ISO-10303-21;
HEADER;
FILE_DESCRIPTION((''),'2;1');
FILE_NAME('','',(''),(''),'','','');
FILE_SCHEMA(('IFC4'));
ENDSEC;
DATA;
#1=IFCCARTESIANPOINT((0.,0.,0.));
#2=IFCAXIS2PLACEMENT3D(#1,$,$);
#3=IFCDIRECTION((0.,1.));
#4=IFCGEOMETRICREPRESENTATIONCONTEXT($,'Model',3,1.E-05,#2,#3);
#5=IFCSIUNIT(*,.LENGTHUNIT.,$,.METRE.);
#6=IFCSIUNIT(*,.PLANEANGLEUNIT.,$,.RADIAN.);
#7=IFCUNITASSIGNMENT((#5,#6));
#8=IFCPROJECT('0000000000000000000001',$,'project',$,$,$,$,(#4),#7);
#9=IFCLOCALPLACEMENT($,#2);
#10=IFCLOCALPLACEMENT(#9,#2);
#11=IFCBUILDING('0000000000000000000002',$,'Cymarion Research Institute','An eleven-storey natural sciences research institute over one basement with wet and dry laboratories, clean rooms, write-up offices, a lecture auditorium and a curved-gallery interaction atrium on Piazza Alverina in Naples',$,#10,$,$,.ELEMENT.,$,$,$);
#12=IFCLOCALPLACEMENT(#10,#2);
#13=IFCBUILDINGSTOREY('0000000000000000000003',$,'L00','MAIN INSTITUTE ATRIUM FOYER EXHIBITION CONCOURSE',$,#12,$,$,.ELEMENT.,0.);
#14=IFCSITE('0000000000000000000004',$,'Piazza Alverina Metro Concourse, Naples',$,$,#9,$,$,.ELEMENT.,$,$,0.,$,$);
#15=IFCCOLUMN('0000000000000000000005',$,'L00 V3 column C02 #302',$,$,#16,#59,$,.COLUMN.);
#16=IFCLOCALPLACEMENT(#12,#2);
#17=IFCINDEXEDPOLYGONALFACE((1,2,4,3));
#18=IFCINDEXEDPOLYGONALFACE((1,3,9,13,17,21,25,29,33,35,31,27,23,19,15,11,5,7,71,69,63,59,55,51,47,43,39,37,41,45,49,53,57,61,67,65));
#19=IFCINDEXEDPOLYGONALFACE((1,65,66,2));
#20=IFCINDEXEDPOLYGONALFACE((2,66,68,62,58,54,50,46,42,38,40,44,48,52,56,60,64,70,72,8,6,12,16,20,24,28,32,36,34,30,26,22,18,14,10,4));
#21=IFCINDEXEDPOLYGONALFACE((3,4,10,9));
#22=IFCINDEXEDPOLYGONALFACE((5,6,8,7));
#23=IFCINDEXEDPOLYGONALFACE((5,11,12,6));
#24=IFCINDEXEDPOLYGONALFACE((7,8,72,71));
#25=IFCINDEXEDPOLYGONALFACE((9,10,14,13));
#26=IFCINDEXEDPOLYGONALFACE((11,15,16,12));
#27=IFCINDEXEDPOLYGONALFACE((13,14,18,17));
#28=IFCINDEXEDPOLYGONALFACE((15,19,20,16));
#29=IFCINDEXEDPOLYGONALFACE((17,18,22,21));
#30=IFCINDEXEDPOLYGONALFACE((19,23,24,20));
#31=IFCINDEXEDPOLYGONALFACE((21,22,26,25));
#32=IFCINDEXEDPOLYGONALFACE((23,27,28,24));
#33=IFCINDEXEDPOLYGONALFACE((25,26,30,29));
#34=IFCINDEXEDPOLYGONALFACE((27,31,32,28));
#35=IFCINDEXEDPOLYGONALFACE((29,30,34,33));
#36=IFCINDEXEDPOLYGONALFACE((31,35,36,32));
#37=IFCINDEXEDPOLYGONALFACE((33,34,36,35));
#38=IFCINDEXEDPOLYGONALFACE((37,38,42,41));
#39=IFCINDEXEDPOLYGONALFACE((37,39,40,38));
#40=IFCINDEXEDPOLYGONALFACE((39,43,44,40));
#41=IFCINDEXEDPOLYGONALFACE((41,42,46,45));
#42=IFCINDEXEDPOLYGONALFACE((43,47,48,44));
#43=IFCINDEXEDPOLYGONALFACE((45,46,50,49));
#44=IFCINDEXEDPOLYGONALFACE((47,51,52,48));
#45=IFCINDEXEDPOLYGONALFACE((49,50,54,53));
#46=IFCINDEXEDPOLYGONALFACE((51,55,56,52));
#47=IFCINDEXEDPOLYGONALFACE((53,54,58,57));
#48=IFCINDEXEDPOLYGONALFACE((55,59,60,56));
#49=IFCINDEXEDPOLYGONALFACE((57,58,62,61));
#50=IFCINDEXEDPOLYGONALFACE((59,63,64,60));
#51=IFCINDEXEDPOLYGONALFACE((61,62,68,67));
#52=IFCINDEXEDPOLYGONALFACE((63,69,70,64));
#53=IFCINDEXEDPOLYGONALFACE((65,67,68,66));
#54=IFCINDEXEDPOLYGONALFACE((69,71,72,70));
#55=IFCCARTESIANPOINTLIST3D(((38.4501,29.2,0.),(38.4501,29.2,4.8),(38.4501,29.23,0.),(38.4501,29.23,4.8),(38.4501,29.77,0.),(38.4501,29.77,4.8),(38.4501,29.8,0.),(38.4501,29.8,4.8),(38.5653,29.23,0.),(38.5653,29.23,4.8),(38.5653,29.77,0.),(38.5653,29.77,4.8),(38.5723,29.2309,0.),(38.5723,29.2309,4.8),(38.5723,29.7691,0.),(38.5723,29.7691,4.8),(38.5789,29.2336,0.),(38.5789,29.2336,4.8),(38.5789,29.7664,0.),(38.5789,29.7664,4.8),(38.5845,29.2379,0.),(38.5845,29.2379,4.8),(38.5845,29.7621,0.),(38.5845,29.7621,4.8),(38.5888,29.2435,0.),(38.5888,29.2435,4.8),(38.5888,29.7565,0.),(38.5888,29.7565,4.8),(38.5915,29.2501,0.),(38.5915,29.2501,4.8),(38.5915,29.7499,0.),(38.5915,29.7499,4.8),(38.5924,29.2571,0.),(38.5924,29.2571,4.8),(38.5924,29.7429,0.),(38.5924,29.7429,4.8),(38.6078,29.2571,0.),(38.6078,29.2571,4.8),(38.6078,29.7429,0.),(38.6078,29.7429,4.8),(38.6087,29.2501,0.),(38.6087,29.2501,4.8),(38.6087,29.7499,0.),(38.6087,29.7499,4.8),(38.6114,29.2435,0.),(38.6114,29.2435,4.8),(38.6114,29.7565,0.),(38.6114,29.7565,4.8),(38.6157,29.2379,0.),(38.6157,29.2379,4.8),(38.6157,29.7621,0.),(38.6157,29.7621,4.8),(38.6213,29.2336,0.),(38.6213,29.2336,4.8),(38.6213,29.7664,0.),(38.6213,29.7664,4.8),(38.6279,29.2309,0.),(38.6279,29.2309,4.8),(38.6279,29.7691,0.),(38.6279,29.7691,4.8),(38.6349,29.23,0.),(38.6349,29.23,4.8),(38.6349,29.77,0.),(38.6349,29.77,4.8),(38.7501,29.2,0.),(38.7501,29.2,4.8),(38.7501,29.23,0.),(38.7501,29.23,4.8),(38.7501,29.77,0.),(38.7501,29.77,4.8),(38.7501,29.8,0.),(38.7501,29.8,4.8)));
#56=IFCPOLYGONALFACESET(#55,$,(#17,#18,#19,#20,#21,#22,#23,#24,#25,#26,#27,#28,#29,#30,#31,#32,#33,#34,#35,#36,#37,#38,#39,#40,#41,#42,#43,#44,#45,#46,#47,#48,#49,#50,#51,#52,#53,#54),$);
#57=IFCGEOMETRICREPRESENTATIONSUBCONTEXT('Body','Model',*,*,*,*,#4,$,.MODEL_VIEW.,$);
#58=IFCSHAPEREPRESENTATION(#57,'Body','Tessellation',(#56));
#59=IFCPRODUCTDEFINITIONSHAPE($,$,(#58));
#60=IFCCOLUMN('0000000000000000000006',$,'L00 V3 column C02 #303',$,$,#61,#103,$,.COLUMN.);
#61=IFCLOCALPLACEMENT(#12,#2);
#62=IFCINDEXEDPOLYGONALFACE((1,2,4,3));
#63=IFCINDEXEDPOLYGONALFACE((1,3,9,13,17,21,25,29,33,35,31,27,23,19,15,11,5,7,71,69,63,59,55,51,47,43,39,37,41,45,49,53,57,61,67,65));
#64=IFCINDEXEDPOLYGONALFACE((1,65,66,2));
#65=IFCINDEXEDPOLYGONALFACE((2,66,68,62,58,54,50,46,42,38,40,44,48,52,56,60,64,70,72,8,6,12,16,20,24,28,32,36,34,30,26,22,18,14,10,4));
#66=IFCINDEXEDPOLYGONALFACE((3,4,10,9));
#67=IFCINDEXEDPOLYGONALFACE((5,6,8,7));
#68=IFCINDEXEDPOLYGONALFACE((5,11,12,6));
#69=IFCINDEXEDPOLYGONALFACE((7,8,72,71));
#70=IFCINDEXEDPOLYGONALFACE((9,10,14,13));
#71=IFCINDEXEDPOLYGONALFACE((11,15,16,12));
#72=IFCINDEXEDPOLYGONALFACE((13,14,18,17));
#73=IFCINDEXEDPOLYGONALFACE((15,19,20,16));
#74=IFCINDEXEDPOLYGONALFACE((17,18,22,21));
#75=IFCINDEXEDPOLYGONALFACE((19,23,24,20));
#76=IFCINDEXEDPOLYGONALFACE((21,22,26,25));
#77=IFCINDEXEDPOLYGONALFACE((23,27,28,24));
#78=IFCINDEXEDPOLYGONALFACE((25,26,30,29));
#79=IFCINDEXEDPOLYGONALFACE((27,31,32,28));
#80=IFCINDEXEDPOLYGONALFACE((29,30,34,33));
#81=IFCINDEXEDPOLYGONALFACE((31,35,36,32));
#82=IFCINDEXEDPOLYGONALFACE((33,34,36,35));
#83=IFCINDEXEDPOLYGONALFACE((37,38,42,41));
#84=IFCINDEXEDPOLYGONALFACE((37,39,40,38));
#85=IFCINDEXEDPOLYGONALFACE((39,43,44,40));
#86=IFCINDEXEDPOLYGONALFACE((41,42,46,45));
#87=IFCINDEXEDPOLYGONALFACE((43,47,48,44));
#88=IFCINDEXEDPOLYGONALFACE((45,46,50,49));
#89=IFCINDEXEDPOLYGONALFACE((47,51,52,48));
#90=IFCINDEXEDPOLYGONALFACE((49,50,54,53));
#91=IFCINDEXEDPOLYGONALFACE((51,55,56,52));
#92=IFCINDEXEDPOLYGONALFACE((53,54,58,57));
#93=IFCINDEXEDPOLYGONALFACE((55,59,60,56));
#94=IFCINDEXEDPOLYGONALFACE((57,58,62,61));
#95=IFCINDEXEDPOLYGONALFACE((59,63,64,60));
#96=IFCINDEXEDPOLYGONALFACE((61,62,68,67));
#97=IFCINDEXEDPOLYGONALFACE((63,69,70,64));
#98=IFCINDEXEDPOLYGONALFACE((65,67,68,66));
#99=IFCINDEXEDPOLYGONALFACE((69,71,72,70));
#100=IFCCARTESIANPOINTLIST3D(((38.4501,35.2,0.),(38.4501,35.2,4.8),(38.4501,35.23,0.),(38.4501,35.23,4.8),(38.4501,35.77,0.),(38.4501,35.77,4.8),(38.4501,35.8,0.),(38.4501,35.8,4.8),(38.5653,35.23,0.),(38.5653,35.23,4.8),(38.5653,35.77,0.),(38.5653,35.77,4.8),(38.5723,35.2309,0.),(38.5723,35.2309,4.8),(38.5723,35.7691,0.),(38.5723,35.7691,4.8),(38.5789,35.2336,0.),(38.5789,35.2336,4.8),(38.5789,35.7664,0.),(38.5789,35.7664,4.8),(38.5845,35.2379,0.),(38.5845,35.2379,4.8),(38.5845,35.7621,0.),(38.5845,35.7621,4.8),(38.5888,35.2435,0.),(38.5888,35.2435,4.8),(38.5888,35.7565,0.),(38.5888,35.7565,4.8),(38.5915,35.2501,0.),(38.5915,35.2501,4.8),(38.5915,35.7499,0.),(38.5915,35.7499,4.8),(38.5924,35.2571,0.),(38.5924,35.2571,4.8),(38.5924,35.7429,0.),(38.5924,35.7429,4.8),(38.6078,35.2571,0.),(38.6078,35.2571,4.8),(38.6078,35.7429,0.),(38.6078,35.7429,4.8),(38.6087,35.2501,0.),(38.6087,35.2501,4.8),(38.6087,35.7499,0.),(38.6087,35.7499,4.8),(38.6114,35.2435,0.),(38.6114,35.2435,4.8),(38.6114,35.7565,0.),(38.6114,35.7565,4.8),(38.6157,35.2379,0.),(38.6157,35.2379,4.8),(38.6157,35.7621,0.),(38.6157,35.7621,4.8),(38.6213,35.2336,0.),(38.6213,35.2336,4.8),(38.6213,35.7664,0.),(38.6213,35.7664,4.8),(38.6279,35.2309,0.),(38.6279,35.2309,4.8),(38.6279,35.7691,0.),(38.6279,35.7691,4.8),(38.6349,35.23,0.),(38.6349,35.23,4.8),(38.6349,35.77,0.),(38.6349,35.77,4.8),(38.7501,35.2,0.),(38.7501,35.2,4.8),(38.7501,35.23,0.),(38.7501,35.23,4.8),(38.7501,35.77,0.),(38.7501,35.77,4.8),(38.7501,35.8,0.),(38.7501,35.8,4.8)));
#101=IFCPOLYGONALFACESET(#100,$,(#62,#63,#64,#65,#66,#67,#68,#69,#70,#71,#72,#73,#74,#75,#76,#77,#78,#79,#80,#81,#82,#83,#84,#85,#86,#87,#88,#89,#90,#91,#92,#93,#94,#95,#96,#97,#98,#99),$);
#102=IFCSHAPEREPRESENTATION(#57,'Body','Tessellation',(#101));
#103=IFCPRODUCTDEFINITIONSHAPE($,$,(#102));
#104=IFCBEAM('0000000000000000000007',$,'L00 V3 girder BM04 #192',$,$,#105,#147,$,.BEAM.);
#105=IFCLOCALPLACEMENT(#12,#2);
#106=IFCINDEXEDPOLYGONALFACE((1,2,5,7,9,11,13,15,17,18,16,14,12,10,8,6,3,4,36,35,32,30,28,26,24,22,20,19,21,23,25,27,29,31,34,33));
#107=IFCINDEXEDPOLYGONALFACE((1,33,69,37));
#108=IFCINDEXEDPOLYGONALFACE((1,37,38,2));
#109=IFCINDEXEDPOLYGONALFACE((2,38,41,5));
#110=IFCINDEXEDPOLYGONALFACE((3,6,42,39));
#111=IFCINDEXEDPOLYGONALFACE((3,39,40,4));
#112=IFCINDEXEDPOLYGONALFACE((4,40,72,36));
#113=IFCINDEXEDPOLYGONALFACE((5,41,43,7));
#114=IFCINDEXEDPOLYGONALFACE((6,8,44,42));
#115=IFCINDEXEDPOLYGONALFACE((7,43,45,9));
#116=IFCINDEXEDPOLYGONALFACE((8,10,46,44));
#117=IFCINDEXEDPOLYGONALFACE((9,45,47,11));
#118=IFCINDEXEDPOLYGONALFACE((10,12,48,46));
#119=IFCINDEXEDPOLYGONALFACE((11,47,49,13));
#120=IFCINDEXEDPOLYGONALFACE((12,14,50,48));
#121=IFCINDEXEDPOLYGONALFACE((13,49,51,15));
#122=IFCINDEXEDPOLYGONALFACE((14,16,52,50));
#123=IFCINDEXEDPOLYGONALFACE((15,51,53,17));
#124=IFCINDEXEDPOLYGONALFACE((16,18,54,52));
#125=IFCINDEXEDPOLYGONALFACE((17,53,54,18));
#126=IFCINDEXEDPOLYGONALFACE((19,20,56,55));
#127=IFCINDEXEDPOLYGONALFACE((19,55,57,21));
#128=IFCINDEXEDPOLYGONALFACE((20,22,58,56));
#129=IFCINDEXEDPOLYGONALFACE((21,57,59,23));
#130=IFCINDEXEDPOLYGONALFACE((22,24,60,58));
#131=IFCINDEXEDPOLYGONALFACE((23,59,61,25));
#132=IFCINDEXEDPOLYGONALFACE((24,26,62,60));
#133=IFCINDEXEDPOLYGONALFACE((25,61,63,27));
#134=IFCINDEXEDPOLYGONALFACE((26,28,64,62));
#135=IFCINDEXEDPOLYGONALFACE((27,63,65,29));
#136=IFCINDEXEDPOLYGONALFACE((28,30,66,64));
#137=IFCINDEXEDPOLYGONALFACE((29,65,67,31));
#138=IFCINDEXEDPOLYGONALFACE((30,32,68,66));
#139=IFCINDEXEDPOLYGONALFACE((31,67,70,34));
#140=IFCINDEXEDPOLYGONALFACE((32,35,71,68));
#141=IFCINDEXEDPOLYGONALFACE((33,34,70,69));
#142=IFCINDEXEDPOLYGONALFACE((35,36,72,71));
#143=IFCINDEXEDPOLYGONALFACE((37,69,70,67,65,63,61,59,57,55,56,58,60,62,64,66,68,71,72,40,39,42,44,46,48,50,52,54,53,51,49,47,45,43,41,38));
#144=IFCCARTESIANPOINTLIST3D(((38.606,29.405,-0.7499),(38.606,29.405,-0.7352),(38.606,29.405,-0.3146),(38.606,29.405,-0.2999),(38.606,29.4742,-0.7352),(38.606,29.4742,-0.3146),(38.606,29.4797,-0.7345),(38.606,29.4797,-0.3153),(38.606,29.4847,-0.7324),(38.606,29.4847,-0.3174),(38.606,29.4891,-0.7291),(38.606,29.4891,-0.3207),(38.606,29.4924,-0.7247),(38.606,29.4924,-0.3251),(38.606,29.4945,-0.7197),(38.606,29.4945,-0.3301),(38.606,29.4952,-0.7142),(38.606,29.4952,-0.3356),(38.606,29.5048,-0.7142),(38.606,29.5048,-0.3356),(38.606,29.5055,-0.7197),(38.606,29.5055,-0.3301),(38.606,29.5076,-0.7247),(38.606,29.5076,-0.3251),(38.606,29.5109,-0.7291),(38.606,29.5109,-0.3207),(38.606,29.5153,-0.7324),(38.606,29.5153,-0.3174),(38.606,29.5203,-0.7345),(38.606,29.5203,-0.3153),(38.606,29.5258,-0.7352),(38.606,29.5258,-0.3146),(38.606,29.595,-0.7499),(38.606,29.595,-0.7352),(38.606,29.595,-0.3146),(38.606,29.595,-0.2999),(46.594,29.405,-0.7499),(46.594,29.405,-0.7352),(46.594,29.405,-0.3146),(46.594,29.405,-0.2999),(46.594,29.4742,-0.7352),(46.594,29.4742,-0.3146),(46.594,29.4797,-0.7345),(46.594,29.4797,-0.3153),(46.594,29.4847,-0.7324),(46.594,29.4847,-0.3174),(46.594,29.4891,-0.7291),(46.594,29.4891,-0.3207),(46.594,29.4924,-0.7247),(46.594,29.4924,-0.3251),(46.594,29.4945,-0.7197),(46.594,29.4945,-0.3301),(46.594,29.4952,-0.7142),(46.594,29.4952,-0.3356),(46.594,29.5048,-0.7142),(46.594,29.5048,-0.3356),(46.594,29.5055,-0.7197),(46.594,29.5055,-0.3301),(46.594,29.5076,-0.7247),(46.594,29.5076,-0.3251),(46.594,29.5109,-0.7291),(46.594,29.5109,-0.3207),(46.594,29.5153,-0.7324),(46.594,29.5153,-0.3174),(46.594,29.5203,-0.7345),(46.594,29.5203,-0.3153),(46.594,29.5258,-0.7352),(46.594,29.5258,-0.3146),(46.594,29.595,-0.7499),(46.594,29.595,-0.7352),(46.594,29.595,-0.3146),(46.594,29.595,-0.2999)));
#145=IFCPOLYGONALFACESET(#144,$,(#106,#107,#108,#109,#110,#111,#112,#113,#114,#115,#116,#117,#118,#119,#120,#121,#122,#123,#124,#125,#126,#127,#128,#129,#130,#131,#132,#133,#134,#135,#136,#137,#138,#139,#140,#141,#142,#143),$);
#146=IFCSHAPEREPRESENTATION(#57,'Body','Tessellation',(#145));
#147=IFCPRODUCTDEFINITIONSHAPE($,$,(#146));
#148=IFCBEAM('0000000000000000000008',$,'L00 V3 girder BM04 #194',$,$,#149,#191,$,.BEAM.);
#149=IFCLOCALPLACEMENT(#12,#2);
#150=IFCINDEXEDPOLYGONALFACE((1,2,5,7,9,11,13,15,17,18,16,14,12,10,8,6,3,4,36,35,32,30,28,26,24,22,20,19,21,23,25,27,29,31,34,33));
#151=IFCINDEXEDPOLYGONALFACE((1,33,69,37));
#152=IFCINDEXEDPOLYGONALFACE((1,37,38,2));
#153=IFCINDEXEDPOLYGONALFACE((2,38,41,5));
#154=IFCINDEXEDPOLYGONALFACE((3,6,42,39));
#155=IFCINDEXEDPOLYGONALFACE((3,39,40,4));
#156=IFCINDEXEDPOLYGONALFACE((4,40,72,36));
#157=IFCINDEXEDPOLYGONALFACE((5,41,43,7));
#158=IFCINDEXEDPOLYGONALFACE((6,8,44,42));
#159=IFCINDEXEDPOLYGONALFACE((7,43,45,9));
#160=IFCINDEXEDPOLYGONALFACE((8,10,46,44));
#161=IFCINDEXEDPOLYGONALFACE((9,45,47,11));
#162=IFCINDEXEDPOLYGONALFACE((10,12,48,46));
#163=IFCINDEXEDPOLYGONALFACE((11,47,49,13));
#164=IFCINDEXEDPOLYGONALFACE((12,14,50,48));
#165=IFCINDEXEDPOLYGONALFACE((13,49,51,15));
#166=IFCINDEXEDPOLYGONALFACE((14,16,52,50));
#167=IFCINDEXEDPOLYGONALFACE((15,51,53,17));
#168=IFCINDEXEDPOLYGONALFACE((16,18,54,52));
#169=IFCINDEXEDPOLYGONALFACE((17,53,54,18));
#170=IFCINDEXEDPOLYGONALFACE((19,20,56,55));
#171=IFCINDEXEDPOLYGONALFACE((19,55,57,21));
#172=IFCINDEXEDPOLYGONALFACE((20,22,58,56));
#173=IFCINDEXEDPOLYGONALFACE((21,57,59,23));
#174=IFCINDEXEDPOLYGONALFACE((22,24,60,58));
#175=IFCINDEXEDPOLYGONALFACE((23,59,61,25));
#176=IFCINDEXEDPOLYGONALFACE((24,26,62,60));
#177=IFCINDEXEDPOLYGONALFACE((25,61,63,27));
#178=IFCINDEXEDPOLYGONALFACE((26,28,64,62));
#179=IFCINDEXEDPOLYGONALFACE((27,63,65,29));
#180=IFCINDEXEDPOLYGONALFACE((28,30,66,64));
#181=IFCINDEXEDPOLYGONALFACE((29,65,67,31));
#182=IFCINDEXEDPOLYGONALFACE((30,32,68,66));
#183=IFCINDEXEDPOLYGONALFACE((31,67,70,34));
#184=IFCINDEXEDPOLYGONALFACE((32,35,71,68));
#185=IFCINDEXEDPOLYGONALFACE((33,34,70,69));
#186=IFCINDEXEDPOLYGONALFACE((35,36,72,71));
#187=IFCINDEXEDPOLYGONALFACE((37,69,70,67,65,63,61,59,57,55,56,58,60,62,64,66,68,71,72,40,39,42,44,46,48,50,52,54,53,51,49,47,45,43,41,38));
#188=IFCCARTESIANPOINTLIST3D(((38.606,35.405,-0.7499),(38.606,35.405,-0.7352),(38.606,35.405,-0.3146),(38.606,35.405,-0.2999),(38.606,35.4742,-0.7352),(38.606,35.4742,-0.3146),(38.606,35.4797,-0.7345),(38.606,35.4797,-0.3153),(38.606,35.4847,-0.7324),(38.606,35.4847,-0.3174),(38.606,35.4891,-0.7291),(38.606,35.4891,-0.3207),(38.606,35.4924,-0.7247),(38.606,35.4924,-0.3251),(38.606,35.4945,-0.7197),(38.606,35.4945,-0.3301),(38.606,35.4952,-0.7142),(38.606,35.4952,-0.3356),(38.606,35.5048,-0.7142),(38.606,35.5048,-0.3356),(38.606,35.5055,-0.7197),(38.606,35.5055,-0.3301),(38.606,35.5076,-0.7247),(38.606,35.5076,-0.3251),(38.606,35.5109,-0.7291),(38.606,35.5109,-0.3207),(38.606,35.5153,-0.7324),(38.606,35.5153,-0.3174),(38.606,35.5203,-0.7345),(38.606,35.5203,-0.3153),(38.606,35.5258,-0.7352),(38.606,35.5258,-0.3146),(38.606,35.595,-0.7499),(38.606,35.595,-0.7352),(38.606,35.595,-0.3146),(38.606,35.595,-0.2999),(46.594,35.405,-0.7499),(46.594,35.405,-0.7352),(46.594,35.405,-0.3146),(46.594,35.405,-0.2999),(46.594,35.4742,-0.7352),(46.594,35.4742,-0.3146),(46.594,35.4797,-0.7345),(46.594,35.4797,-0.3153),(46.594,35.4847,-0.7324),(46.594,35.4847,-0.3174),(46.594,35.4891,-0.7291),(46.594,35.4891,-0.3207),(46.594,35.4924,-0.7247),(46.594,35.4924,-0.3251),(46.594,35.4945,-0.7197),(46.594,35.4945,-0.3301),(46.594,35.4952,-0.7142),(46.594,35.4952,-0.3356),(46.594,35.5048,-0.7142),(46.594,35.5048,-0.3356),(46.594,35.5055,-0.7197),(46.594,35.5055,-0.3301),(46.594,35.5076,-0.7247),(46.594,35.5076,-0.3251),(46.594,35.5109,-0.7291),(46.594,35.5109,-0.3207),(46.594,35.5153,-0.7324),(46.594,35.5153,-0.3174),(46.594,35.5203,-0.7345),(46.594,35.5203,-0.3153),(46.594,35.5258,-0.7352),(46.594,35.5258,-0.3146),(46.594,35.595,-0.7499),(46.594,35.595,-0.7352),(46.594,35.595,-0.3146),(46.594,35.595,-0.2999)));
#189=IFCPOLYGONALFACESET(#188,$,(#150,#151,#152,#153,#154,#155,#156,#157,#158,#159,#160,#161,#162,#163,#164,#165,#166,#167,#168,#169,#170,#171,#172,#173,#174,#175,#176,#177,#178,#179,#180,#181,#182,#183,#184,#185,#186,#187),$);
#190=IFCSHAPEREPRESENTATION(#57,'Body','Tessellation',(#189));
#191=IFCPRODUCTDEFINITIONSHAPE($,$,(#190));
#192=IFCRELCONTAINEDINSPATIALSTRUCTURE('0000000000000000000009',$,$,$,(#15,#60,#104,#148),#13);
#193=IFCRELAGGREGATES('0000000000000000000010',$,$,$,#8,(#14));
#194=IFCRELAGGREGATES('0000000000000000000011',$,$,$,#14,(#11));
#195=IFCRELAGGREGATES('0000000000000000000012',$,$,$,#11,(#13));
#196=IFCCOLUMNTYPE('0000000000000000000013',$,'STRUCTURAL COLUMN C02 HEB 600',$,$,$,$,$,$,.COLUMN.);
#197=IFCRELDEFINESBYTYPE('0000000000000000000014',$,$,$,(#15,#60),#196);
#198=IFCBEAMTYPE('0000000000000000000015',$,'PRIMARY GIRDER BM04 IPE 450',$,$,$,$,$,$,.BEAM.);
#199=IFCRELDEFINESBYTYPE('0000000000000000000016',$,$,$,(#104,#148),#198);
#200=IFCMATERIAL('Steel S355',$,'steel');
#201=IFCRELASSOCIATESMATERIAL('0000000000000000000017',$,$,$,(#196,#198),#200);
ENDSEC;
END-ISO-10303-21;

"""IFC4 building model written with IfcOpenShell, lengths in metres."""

from ifc_helpers import new_model, si_unit, direction, frame, origin, origin_2d, place, context, subcontext, project, spatial, i_section, extrude, material, material_profile, profile_set, type_object, element, save


model = new_model("IFC4")

# Units and contexts
model_context = context("Model", 3, precision=1e-05, world=origin(), true_north=direction((0.0, 1.0)))
body_context = subcontext(model_context, "Body", "Model", "MODEL_VIEW")
ifc_project = project(units=[si_unit("LENGTHUNIT", "METRE"), si_unit("PLANEANGLEUNIT", "RADIAN")], contexts=[model_context])

# Site, building, storey
site_placement = place(None, origin())
site = spatial("IfcSite", under=ifc_project, at=site_placement, Name="Piazza Alverina Metro Concourse, Naples", CompositionType="ELEMENT", RefElevation=0.0)
building_placement = place(site_placement, origin())
building = spatial("IfcBuilding", under=site, at=building_placement, Name="Cymarion Research Institute", Description="An eleven-storey natural sciences research institute over one basement with wet and dry laboratories, clean rooms, write-up offices, a lecture auditorium and a curved-gallery interaction atrium on Piazza Alverina in Naples", CompositionType="ELEMENT")
storey_placement = place(building_placement, origin())
storey = spatial("IfcBuildingStorey", under=building, at=storey_placement, Name="L00", Description="MAIN INSTITUTE ATRIUM FOYER EXHIBITION CONCOURSE", CompositionType="ELEMENT", Elevation=0.0)

# Columns
ifc_material_1 = material(Name="Steel S355", Category="steel")
ifc_material_profile_1 = material_profile(ifc_material_1, i_section(OverallWidth=0.3, OverallDepth=0.6001, WebThickness=0.0154, FlangeThickness=0.03, FilletRadius=0.0271, at=origin_2d()), Name="HEB 600")
ifc_profile_set_1 = profile_set([ifc_material_profile_1], Name="Steel S355")
column_type = type_object("IfcColumnType", Name="STRUCTURAL COLUMN C02 HEB 600", PredefinedType="COLUMN", material=ifc_profile_set_1)
for number, where, z_axis, x_axis, name in (
    (1, (38.6001, 29.5, 0.0), (0.0, 0.0, 1.0), (1.0, 0.0, 0.0), "L00 V3 column C02 #302"),
    (2, (38.6001, 35.5, 0.0), (0.0, 0.0, 1.0), (1.0, 0.0, 0.0), "L00 V3 column C02 #303"),
):
    element("IfcColumn", number, at=place(storey_placement, frame(where, z_axis=z_axis, x_axis=x_axis)), inside=storey, type_object=column_type, Name=name, PredefinedType="COLUMN", context=body_context, shape_type="SweptSolid", body=[
        extrude(i_section(OverallWidth=0.3, OverallDepth=0.6001, WebThickness=0.0154, FlangeThickness=0.03, FilletRadius=0.0271, at=origin_2d()), origin(), (0.0, 0.0, 1.0), 4.8),
    ])

# Beams
ifc_material_profile_2 = material_profile(ifc_material_1, i_section(OverallWidth=0.1899, OverallDepth=0.45, WebThickness=0.0095, FlangeThickness=0.0146, FilletRadius=0.021, at=origin_2d()), Name="IPE 450")
ifc_profile_set_2 = profile_set([ifc_material_profile_2], Name="Steel S355")
beam_type_1 = type_object("IfcBeamType", Name="PRIMARY GIRDER BM04 IPE 450", PredefinedType="BEAM", material=ifc_profile_set_2)
for number, where, z_axis, x_axis, name in (
    (3, (38.606, 29.5, -0.5249), (1.0, 0.0, 0.0), (0.0, 1.0, 0.0), "L00 V3 girder BM04 #192"),
    (4, (38.606, 35.5, -0.5249), (1.0, 0.0, 0.0), (0.0, 1.0, 0.0), "L00 V3 girder BM04 #194"),
):
    element("IfcBeam", number, at=place(storey_placement, frame(where, z_axis=z_axis, x_axis=x_axis)), inside=storey, type_object=beam_type_1, Name=name, PredefinedType="BEAM", context=body_context, shape_type="SweptSolid", body=[
        extrude(i_section(OverallWidth=0.1899, OverallDepth=0.45, WebThickness=0.0095, FlangeThickness=0.0146, FilletRadius=0.021, at=origin_2d()), origin(), (0.0, 0.0, 1.0), 7.988),
    ])

save(model, "model.ifc")
